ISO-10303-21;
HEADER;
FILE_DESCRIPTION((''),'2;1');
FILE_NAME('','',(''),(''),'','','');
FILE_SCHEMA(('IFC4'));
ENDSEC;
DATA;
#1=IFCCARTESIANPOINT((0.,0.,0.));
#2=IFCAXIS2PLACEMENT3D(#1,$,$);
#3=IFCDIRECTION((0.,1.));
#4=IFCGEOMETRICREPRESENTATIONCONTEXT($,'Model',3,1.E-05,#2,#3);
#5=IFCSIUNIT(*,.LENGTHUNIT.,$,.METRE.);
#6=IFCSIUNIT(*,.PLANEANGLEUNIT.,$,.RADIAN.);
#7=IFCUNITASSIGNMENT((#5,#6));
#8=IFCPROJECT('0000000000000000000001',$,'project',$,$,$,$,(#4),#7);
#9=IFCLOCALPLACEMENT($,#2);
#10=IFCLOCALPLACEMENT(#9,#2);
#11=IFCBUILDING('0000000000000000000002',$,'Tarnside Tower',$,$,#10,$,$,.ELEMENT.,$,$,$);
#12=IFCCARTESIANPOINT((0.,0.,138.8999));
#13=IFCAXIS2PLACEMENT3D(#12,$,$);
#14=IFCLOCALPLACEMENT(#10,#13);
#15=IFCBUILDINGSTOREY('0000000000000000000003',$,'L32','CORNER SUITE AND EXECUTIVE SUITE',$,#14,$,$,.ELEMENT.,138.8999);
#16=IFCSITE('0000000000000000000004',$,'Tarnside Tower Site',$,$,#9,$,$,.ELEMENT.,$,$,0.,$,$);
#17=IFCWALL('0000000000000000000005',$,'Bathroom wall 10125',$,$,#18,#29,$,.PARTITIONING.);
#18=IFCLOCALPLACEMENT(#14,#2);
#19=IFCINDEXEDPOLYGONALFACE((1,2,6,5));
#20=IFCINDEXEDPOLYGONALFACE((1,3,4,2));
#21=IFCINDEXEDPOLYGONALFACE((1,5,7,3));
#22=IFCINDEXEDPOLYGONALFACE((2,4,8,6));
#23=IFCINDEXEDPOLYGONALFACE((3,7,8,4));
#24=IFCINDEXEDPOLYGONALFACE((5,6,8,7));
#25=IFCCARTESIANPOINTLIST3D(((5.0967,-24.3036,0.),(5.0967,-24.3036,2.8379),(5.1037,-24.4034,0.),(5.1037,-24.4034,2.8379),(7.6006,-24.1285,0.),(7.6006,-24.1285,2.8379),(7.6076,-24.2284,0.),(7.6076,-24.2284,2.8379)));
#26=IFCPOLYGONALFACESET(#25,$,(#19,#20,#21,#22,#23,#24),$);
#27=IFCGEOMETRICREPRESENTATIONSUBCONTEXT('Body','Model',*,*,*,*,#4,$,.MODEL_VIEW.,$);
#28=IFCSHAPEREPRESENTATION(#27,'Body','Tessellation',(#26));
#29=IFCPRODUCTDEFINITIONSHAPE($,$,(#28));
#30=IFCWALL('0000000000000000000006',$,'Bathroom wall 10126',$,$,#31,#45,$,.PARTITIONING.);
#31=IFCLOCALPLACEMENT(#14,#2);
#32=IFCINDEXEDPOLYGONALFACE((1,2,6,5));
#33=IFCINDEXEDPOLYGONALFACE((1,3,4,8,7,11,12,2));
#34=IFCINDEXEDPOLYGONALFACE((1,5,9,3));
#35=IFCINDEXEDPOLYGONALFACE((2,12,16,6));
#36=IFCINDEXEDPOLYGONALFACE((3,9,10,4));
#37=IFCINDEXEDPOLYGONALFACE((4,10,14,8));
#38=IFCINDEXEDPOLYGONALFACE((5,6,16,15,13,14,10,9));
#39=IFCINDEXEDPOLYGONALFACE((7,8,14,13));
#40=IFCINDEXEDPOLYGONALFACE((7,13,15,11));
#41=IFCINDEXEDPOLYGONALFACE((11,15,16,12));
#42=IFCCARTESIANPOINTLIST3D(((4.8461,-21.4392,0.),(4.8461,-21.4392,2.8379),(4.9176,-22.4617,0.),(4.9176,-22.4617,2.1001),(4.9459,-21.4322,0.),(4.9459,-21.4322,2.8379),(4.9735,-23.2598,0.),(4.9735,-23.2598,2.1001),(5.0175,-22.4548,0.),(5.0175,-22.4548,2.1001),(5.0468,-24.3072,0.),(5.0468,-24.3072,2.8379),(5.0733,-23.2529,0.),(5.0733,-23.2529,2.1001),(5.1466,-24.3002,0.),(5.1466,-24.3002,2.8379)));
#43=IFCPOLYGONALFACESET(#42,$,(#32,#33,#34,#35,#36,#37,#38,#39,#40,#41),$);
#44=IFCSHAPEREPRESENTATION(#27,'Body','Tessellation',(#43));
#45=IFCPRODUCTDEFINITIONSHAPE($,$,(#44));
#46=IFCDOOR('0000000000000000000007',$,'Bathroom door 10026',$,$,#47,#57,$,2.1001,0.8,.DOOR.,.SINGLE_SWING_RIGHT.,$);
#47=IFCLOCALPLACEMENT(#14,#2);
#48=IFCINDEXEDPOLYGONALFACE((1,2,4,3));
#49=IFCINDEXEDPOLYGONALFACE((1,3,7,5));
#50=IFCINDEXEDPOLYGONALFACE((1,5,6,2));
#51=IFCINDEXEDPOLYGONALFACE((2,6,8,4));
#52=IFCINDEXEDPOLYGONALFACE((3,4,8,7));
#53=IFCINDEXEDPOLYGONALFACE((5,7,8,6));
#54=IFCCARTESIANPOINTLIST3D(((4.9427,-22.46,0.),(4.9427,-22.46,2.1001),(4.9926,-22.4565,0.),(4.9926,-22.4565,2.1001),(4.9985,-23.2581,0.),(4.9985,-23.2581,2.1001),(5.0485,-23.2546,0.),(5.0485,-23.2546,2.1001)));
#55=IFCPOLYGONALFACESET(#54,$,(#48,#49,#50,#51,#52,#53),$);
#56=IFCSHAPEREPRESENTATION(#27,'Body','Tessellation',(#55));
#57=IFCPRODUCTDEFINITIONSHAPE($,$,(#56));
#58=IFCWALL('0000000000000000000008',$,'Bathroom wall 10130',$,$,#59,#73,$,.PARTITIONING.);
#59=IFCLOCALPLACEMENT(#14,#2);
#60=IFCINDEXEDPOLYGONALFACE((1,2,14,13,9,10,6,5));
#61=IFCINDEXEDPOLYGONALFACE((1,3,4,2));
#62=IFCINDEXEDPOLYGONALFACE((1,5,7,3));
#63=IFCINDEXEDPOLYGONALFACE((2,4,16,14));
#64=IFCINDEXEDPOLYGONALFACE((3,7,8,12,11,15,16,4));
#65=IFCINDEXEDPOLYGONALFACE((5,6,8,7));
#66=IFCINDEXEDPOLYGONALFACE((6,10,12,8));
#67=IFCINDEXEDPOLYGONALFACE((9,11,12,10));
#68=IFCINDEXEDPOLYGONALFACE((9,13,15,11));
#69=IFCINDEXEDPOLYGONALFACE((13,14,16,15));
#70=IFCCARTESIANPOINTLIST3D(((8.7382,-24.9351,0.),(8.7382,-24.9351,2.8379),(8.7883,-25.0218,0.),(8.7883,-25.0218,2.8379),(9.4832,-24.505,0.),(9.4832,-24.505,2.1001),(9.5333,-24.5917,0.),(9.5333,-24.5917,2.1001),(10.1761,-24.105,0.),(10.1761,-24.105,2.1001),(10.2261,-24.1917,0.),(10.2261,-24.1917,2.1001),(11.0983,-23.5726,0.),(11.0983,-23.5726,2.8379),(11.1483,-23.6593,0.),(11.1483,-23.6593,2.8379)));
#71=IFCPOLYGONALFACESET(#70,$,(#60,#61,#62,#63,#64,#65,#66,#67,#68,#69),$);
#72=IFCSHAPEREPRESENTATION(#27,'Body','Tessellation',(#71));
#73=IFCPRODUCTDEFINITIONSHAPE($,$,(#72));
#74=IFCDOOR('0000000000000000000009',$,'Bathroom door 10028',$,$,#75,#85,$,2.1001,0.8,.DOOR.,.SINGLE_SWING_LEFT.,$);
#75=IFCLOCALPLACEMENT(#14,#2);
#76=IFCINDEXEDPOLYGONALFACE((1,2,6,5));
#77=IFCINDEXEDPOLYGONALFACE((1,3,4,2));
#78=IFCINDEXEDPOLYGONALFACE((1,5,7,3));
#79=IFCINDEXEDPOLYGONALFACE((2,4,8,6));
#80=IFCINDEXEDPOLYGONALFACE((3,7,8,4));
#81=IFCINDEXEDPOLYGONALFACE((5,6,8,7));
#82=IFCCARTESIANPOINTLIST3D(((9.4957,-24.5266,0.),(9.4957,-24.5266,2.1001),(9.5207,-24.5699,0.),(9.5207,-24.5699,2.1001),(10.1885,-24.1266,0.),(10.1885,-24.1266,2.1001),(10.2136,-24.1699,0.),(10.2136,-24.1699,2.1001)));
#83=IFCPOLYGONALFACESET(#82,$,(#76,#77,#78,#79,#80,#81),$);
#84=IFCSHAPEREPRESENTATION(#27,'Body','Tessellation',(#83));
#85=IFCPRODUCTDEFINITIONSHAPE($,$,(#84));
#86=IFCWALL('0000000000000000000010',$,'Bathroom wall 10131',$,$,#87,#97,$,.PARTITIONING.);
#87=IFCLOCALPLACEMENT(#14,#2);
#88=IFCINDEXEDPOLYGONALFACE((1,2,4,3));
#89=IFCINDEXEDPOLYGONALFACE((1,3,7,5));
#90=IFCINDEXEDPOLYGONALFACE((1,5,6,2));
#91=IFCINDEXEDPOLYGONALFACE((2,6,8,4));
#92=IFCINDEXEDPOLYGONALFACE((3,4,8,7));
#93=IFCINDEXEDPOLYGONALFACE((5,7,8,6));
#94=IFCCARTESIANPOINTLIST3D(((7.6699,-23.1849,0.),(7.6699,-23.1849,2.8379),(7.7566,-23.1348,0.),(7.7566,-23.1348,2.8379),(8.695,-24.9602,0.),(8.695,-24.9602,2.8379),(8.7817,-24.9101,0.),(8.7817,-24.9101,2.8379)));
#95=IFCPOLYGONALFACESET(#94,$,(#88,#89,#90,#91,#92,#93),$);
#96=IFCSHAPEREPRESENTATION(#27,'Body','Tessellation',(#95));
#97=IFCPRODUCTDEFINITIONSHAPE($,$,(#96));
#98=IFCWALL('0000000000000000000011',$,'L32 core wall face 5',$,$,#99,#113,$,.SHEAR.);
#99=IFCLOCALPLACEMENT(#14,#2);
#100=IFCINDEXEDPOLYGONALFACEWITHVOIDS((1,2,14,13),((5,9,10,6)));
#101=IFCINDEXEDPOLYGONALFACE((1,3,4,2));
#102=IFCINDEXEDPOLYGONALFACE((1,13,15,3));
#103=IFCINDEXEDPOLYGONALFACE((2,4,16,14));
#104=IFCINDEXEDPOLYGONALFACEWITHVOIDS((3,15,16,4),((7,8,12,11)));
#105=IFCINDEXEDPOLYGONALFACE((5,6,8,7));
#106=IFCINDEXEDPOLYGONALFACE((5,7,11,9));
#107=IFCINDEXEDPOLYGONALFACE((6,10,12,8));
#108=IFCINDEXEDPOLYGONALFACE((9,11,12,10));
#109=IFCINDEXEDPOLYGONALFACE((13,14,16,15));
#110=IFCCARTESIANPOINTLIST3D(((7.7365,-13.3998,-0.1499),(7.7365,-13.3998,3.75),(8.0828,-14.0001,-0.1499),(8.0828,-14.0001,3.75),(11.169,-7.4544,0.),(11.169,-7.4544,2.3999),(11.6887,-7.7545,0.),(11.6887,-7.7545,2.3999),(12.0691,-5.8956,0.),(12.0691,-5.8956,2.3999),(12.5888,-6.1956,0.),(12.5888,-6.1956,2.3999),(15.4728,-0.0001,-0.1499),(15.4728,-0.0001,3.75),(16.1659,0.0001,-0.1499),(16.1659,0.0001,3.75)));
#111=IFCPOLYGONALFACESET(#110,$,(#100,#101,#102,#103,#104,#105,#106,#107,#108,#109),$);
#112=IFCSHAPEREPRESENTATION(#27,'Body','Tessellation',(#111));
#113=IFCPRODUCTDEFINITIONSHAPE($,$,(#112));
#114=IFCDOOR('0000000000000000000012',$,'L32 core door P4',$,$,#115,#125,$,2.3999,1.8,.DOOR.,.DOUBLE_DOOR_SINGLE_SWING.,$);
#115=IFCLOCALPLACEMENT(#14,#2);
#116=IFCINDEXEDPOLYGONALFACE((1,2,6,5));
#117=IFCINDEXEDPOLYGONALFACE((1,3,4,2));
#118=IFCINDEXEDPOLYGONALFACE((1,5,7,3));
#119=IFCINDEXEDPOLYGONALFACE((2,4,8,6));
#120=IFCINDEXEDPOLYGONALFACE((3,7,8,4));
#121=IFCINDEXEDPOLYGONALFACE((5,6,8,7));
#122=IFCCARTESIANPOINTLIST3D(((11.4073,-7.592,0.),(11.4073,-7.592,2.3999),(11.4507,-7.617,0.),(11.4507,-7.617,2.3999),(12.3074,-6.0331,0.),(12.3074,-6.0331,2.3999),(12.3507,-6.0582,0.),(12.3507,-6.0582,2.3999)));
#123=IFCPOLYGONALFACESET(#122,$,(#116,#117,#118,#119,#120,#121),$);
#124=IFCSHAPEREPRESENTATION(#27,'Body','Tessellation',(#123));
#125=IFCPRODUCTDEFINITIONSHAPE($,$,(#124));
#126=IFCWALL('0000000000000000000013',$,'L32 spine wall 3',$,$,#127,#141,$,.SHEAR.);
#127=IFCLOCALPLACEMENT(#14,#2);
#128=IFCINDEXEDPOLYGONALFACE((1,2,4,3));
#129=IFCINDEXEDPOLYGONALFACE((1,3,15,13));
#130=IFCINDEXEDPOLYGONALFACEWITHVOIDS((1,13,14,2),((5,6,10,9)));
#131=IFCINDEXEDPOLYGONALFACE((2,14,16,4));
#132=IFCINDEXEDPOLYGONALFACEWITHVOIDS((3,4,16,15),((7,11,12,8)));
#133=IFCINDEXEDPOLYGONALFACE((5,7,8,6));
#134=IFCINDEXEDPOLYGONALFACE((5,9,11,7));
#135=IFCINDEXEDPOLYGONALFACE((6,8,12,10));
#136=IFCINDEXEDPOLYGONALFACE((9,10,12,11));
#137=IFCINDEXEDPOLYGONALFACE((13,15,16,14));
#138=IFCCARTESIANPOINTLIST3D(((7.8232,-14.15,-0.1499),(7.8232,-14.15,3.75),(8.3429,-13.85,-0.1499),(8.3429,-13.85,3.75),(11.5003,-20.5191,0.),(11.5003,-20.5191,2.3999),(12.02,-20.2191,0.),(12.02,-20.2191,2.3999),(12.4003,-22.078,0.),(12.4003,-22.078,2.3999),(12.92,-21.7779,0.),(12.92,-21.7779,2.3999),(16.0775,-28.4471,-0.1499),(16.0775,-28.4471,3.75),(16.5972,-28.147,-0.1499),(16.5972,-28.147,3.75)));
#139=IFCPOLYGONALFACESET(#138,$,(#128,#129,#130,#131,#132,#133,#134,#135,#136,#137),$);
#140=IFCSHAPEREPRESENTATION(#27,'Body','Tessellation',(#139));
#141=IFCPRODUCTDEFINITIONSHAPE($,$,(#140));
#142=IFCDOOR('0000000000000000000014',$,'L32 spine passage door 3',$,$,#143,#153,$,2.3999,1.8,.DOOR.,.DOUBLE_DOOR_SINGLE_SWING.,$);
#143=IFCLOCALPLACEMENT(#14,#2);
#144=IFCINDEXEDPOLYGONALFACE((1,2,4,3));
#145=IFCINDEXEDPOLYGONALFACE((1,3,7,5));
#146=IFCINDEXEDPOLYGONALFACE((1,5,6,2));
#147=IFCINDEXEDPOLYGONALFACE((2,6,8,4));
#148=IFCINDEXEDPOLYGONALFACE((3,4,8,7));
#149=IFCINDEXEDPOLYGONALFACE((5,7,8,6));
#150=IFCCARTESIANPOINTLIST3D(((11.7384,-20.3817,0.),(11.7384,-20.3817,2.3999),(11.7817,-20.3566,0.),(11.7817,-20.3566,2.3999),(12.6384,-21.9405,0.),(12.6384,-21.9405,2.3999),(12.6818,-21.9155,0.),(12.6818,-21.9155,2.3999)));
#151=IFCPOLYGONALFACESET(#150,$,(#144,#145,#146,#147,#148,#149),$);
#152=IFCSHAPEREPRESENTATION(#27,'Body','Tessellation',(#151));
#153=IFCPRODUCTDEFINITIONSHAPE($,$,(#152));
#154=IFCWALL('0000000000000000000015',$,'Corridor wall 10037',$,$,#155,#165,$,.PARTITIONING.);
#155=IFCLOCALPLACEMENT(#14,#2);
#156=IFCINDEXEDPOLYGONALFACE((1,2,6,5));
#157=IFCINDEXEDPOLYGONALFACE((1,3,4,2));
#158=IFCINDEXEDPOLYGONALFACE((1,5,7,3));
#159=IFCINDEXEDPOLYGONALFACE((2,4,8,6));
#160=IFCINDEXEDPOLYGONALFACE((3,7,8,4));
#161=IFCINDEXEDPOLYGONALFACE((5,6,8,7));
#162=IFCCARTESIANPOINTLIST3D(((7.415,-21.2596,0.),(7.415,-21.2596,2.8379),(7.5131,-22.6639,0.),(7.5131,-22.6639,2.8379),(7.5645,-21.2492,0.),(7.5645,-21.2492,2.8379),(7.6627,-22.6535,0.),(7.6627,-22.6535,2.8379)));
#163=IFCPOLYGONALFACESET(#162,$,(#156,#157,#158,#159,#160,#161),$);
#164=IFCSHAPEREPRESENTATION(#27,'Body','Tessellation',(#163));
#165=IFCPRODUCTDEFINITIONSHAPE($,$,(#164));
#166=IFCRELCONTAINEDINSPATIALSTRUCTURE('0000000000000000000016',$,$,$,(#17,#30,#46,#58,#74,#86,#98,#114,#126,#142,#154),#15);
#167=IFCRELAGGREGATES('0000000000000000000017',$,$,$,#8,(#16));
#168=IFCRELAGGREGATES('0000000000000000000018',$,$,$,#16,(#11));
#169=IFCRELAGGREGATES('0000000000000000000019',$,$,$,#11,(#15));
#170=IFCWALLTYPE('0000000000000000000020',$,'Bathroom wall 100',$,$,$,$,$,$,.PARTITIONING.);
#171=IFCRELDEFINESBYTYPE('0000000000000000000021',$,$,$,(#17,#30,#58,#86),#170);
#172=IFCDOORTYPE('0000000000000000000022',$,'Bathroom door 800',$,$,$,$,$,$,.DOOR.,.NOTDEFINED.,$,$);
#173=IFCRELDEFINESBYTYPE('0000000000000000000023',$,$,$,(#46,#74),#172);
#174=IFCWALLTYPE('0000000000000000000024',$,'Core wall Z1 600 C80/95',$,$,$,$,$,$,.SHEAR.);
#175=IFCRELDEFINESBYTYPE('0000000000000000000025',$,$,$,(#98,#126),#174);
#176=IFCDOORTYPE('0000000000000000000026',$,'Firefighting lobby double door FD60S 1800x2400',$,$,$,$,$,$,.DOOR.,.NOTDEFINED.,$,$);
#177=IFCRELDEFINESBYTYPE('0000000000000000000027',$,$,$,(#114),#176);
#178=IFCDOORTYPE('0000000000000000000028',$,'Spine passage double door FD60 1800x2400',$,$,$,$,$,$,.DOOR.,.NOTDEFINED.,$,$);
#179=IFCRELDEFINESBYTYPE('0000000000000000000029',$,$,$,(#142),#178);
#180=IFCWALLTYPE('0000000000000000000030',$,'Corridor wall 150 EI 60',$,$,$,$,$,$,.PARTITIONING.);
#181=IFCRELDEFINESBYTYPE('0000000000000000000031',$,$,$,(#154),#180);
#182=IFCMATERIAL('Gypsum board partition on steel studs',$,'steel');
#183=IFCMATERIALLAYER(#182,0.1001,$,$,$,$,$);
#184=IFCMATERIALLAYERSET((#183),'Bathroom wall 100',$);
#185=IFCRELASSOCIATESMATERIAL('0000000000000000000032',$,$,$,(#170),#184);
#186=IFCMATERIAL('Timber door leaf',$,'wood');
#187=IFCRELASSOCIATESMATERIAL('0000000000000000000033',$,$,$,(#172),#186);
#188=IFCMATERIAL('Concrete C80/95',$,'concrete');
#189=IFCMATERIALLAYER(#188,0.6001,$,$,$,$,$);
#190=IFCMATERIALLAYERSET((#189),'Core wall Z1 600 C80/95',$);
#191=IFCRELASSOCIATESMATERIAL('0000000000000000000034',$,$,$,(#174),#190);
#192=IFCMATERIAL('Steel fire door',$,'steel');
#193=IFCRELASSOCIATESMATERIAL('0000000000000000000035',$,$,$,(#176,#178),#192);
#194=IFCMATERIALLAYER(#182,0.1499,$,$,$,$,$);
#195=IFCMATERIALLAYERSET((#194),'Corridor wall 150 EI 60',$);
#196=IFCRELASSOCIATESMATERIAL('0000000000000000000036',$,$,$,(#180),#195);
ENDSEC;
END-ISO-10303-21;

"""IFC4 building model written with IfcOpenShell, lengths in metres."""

from ifc_helpers import new_model, si_unit, direction, frame, frame_2d, origin, place, context, subcontext, project, spatial, polyline, rectangle, outline, extrude, material, layer, layer_set, type_object, element, fill, save


model = new_model("IFC4")

# Units and contexts
model_context = context("Model", 3, precision=1e-05, world=origin(), true_north=direction((0.0, 1.0)))
body_context = subcontext(model_context, "Body", "Model", "MODEL_VIEW")
ifc_project = project(units=[si_unit("LENGTHUNIT", "METRE"), si_unit("PLANEANGLEUNIT", "RADIAN")], contexts=[model_context])

# Site, building, storey
site_placement = place(None, origin())
site = spatial("IfcSite", under=ifc_project, at=site_placement, Name="Tarnside Tower Site", CompositionType="ELEMENT", RefElevation=0.0)
building_placement = place(site_placement, origin())
building = spatial("IfcBuilding", under=site, at=building_placement, Name="Tarnside Tower", CompositionType="ELEMENT")
storey_placement = place(building_placement, frame((0.0, 0.0, 138.8999)))
storey = spatial("IfcBuildingStorey", under=building, at=storey_placement, Name="L32", Description="CORNER SUITE AND EXECUTIVE SUITE", CompositionType="ELEMENT", Elevation=138.8999)

# Wall
ifc_material_1 = material(Name="Gypsum board partition on steel studs", Category="steel")
ifc_layer_1 = layer(ifc_material_1, 0.1001)
ifc_layer_set_1 = layer_set([ifc_layer_1], Name="Bathroom wall 100")
wall_type_1 = type_object("IfcWallType", Name="Bathroom wall 100", PredefinedType="PARTITIONING", material=ifc_layer_set_1)
wall_1_placement = place(storey_placement, frame((7.604, -24.1785, 0.0), z_axis=(0.0, 0.0, 1.0), x_axis=(-0.997565, -0.06974, 0.0)))
element("IfcWall", 1, at=wall_1_placement, inside=storey, type_object=wall_type_1, Name="Bathroom wall 10125", PredefinedType="PARTITIONING", context=body_context, shape_type="SweptSolid", body=[
    extrude(rectangle(XDim=2.51, YDim=0.1001, at=frame_2d((1.2549, 0.0))), origin(), (0.0, 0.0, 1.0), 2.8379),
])

# Walls, openings, doors
wall_2_placement = place(storey_placement, frame((5.0967, -24.3037, 0.0), z_axis=(0.0, 0.0, 1.0), x_axis=(-0.069805, 0.997561, 0.0)))
wall_2 = element("IfcWall", 2, at=wall_2_placement, inside=storey, type_object=wall_type_1, Name="Bathroom wall 10126", PredefinedType="PARTITIONING", context=body_context, shape_type="SweptSolid", body=[
    extrude(rectangle(XDim=2.875, YDim=0.1001, at=frame_2d((1.4375, 0.0))), origin(), (0.0, 0.0, 1.0), 2.8379),
])
opening_1_placement = place(wall_2_placement, frame((1.05, 0.0, 0.0)))
opening_1 = element("IfcOpeningElement", 3, at=opening_1_placement, cuts=wall_2, PredefinedType="OPENING", context=body_context, shape_type="SweptSolid", body=[
    extrude(rectangle(XDim=0.8, YDim=2.1001, at=frame_2d((0.3999, 1.05))), frame((0.0, 0.0601, 0.0), z_axis=(0.0, -1.0, 0.0), x_axis=(1.0, 0.0, 0.0)), (0.0, 0.0, 1.0), 0.1201),
])
ifc_material_2 = material(Name="Timber door leaf", Category="wood")
door_type_1 = type_object("IfcDoorType", Name="Bathroom door 800", OperationType="NOTDEFINED", PredefinedType="DOOR", material=ifc_material_2)
door_1_placement = place(opening_1_placement, origin())
door_1 = element("IfcDoor", 4, at=door_1_placement, inside=storey, type_object=door_type_1, Name="Bathroom door 10026", OperationType="SINGLE_SWING_RIGHT", OverallHeight=2.1001, OverallWidth=0.8, PredefinedType="DOOR", context=body_context, shape_type="SweptSolid", body=[
    extrude(rectangle(XDim=0.8, YDim=2.1001, at=frame_2d((0.3999, 1.05))), frame((0.0, 0.0249, 0.0), z_axis=(0.0, -1.0, 0.0), x_axis=(1.0, 0.0, 0.0)), (0.0, 0.0, 1.0), 0.05),
])
fill(opening_1, door_1)
wall_3_placement = place(storey_placement, frame((11.1233, -23.616, 0.0), z_axis=(0.0, 0.0, 1.0), x_axis=(-0.866035, -0.499984, 0.0)))
wall_3 = element("IfcWall", 5, at=wall_3_placement, inside=storey, type_object=wall_type_1, Name="Bathroom wall 10130", PredefinedType="PARTITIONING", context=body_context, shape_type="SweptSolid", body=[
    extrude(rectangle(XDim=2.7251, YDim=0.1001, at=frame_2d((1.3625, 0.0))), origin(), (0.0, 0.0, 1.0), 2.8379),
])
opening_2_placement = place(wall_3_placement, frame((1.0649, 0.0, 0.0)))
opening_2 = element("IfcOpeningElement", 6, at=opening_2_placement, cuts=wall_3, PredefinedType="OPENING", context=body_context, shape_type="SweptSolid", body=[
    extrude(rectangle(XDim=0.8, YDim=2.1001, at=frame_2d((0.3999, 1.05))), frame((0.0, 0.0601, 0.0), z_axis=(0.0, -1.0, 0.0), x_axis=(1.0, 0.0, 0.0)), (0.0, 0.0, 1.0), 0.1201),
])
door_2_placement = place(opening_2_placement, origin())
door_2 = element("IfcDoor", 7, at=door_2_placement, inside=storey, type_object=door_type_1, Name="Bathroom door 10028", OperationType="SINGLE_SWING_LEFT", OverallHeight=2.1001, OverallWidth=0.8, PredefinedType="DOOR", context=body_context, shape_type="SweptSolid", body=[
    extrude(rectangle(XDim=0.8, YDim=2.1001, at=frame_2d((0.3999, 1.05))), frame((0.0, 0.0249, 0.0), z_axis=(0.0, -1.0, 0.0), x_axis=(1.0, 0.0, 0.0)), (0.0, 0.0, 1.0), 0.05),
])
fill(opening_2, door_2)

# Wall
wall_4_placement = place(storey_placement, frame((8.7383, -24.9351, 0.0), z_axis=(0.0, 0.0, 1.0), x_axis=(-0.500045, 0.865999, 0.0)))
element("IfcWall", 8, at=wall_4_placement, inside=storey, type_object=wall_type_1, Name="Bathroom wall 10131", PredefinedType="PARTITIONING", context=body_context, shape_type="SweptSolid", body=[
    extrude(rectangle(XDim=2.05, YDim=0.1001, at=frame_2d((1.0249, 0.0))), origin(), (0.0, 0.0, 1.0), 2.8379),
])

# Walls, openings, doors
ifc_material_3 = material(Name="Concrete C80/95", Category="concrete")
ifc_layer_2 = layer(ifc_material_3, 0.6001)
ifc_layer_set_2 = layer_set([ifc_layer_2], Name="Core wall Z1 600 C80/95")
wall_type_2 = type_object("IfcWallType", Name="Core wall Z1 600 C80/95", PredefinedType="SHEAR", material=ifc_layer_set_2)
wall_5_placement = place(storey_placement, frame((7.9097, -13.7, -0.1499), z_axis=(0.0, 0.0, 1.0), x_axis=(0.5, 0.866025, 0.0)))
wall_5 = element("IfcWall", 9, at=wall_5_placement, inside=storey, type_object=wall_type_2, Name="L32 core wall face 5", PredefinedType="SHEAR", context=body_context, shape_type="SweptSolid", body=[
    extrude(outline(polyline([(-0.1733, -0.3), (15.9927, -0.3), (15.646, 0.3), (0.1733, 0.3), (-0.1733, -0.3)])), origin(), (0.0, 0.0, 1.0), 3.8999),
])
opening_3_placement = place(wall_5_placement, frame((7.0386, 0.0, 0.1499)))
opening_3 = element("IfcOpeningElement", 10, at=opening_3_placement, cuts=wall_5, PredefinedType="OPENING", context=body_context, shape_type="SweptSolid", body=[
    extrude(rectangle(XDim=1.8, YDim=2.3999, at=frame_2d((0.8999, 1.2))), frame((0.0, 0.3101, 0.0), z_axis=(0.0, -1.0, 0.0), x_axis=(1.0, 0.0, 0.0)), (0.0, 0.0, 1.0), 0.6201),
])
ifc_material_4 = material(Name="Steel fire door", Category="steel")
door_type_2 = type_object("IfcDoorType", Name="Firefighting lobby double door FD60S 1800x2400", OperationType="NOTDEFINED", PredefinedType="DOOR", material=ifc_material_4)
door_3_placement = place(opening_3_placement, origin())
door_3 = element("IfcDoor", 11, at=door_3_placement, inside=storey, type_object=door_type_2, Name="L32 core door P4", OperationType="DOUBLE_DOOR_SINGLE_SWING", OverallHeight=2.3999, OverallWidth=1.8, PredefinedType="DOOR", context=body_context, shape_type="SweptSolid", body=[
    extrude(rectangle(XDim=1.8, YDim=2.3999, at=frame_2d((0.8999, 1.2))), frame((0.0, 0.0249, 0.0), z_axis=(0.0, -1.0, 0.0), x_axis=(1.0, 0.0, 0.0)), (0.0, 0.0, 1.0), 0.05),
])
fill(opening_3, door_3)
wall_6_placement = place(storey_placement, frame((8.083, -14.0, -0.1499), z_axis=(0.0, 0.0, 1.0), x_axis=(0.499998, -0.866027, 0.0)))
wall_6 = element("IfcWall", 12, at=wall_6_placement, inside=storey, type_object=wall_type_2, Name="L32 spine wall 3", PredefinedType="SHEAR", context=body_context, shape_type="SweptSolid", body=[
    extrude(rectangle(XDim=16.5088, YDim=0.6001, at=frame_2d((8.2544, 0.0))), origin(), (0.0, 0.0, 1.0), 3.8999),
])
opening_4_placement = place(wall_6_placement, frame((7.3545, 0.0, 0.1499)))
opening_4 = element("IfcOpeningElement", 13, at=opening_4_placement, cuts=wall_6, PredefinedType="OPENING", context=body_context, shape_type="SweptSolid", body=[
    extrude(rectangle(XDim=1.8, YDim=2.3999, at=frame_2d((0.8999, 1.2))), frame((0.0, 0.3101, 0.0), z_axis=(0.0, -1.0, 0.0), x_axis=(1.0, 0.0, 0.0)), (0.0, 0.0, 1.0), 0.6201),
])
door_type_3 = type_object("IfcDoorType", Name="Spine passage double door FD60 1800x2400", OperationType="NOTDEFINED", PredefinedType="DOOR", material=ifc_material_4)
door_4_placement = place(opening_4_placement, origin())
door_4 = element("IfcDoor", 14, at=door_4_placement, inside=storey, type_object=door_type_3, Name="L32 spine passage door 3", OperationType="DOUBLE_DOOR_SINGLE_SWING", OverallHeight=2.3999, OverallWidth=1.8, PredefinedType="DOOR", context=body_context, shape_type="SweptSolid", body=[
    extrude(rectangle(XDim=1.8, YDim=2.3999, at=frame_2d((0.8999, 1.2))), frame((0.0, 0.0249, 0.0), z_axis=(0.0, -1.0, 0.0), x_axis=(1.0, 0.0, 0.0)), (0.0, 0.0, 1.0), 0.05),
])
fill(opening_4, door_4)

# Wall
ifc_layer_3 = layer(ifc_material_1, 0.1499)
ifc_layer_set_3 = layer_set([ifc_layer_3], Name="Corridor wall 150 EI 60")
wall_type_3 = type_object("IfcWallType", Name="Corridor wall 150 EI 60", PredefinedType="PARTITIONING", material=ifc_layer_set_3)
wall_7_placement = place(storey_placement, frame((7.4897, -21.2544, 0.0), z_axis=(0.0, 0.0, 1.0), x_axis=(0.069719, -0.997567, 0.0)))
element("IfcWall", 15, at=wall_7_placement, inside=storey, type_object=wall_type_3, Name="Corridor wall 10037", PredefinedType="PARTITIONING", context=body_context, shape_type="SweptSolid", body=[
    extrude(rectangle(XDim=1.4077, YDim=0.1499, at=frame_2d((0.7039, 0.0))), origin(), (0.0, 0.0, 1.0), 2.8379),
])

save(model, "model.ifc")
